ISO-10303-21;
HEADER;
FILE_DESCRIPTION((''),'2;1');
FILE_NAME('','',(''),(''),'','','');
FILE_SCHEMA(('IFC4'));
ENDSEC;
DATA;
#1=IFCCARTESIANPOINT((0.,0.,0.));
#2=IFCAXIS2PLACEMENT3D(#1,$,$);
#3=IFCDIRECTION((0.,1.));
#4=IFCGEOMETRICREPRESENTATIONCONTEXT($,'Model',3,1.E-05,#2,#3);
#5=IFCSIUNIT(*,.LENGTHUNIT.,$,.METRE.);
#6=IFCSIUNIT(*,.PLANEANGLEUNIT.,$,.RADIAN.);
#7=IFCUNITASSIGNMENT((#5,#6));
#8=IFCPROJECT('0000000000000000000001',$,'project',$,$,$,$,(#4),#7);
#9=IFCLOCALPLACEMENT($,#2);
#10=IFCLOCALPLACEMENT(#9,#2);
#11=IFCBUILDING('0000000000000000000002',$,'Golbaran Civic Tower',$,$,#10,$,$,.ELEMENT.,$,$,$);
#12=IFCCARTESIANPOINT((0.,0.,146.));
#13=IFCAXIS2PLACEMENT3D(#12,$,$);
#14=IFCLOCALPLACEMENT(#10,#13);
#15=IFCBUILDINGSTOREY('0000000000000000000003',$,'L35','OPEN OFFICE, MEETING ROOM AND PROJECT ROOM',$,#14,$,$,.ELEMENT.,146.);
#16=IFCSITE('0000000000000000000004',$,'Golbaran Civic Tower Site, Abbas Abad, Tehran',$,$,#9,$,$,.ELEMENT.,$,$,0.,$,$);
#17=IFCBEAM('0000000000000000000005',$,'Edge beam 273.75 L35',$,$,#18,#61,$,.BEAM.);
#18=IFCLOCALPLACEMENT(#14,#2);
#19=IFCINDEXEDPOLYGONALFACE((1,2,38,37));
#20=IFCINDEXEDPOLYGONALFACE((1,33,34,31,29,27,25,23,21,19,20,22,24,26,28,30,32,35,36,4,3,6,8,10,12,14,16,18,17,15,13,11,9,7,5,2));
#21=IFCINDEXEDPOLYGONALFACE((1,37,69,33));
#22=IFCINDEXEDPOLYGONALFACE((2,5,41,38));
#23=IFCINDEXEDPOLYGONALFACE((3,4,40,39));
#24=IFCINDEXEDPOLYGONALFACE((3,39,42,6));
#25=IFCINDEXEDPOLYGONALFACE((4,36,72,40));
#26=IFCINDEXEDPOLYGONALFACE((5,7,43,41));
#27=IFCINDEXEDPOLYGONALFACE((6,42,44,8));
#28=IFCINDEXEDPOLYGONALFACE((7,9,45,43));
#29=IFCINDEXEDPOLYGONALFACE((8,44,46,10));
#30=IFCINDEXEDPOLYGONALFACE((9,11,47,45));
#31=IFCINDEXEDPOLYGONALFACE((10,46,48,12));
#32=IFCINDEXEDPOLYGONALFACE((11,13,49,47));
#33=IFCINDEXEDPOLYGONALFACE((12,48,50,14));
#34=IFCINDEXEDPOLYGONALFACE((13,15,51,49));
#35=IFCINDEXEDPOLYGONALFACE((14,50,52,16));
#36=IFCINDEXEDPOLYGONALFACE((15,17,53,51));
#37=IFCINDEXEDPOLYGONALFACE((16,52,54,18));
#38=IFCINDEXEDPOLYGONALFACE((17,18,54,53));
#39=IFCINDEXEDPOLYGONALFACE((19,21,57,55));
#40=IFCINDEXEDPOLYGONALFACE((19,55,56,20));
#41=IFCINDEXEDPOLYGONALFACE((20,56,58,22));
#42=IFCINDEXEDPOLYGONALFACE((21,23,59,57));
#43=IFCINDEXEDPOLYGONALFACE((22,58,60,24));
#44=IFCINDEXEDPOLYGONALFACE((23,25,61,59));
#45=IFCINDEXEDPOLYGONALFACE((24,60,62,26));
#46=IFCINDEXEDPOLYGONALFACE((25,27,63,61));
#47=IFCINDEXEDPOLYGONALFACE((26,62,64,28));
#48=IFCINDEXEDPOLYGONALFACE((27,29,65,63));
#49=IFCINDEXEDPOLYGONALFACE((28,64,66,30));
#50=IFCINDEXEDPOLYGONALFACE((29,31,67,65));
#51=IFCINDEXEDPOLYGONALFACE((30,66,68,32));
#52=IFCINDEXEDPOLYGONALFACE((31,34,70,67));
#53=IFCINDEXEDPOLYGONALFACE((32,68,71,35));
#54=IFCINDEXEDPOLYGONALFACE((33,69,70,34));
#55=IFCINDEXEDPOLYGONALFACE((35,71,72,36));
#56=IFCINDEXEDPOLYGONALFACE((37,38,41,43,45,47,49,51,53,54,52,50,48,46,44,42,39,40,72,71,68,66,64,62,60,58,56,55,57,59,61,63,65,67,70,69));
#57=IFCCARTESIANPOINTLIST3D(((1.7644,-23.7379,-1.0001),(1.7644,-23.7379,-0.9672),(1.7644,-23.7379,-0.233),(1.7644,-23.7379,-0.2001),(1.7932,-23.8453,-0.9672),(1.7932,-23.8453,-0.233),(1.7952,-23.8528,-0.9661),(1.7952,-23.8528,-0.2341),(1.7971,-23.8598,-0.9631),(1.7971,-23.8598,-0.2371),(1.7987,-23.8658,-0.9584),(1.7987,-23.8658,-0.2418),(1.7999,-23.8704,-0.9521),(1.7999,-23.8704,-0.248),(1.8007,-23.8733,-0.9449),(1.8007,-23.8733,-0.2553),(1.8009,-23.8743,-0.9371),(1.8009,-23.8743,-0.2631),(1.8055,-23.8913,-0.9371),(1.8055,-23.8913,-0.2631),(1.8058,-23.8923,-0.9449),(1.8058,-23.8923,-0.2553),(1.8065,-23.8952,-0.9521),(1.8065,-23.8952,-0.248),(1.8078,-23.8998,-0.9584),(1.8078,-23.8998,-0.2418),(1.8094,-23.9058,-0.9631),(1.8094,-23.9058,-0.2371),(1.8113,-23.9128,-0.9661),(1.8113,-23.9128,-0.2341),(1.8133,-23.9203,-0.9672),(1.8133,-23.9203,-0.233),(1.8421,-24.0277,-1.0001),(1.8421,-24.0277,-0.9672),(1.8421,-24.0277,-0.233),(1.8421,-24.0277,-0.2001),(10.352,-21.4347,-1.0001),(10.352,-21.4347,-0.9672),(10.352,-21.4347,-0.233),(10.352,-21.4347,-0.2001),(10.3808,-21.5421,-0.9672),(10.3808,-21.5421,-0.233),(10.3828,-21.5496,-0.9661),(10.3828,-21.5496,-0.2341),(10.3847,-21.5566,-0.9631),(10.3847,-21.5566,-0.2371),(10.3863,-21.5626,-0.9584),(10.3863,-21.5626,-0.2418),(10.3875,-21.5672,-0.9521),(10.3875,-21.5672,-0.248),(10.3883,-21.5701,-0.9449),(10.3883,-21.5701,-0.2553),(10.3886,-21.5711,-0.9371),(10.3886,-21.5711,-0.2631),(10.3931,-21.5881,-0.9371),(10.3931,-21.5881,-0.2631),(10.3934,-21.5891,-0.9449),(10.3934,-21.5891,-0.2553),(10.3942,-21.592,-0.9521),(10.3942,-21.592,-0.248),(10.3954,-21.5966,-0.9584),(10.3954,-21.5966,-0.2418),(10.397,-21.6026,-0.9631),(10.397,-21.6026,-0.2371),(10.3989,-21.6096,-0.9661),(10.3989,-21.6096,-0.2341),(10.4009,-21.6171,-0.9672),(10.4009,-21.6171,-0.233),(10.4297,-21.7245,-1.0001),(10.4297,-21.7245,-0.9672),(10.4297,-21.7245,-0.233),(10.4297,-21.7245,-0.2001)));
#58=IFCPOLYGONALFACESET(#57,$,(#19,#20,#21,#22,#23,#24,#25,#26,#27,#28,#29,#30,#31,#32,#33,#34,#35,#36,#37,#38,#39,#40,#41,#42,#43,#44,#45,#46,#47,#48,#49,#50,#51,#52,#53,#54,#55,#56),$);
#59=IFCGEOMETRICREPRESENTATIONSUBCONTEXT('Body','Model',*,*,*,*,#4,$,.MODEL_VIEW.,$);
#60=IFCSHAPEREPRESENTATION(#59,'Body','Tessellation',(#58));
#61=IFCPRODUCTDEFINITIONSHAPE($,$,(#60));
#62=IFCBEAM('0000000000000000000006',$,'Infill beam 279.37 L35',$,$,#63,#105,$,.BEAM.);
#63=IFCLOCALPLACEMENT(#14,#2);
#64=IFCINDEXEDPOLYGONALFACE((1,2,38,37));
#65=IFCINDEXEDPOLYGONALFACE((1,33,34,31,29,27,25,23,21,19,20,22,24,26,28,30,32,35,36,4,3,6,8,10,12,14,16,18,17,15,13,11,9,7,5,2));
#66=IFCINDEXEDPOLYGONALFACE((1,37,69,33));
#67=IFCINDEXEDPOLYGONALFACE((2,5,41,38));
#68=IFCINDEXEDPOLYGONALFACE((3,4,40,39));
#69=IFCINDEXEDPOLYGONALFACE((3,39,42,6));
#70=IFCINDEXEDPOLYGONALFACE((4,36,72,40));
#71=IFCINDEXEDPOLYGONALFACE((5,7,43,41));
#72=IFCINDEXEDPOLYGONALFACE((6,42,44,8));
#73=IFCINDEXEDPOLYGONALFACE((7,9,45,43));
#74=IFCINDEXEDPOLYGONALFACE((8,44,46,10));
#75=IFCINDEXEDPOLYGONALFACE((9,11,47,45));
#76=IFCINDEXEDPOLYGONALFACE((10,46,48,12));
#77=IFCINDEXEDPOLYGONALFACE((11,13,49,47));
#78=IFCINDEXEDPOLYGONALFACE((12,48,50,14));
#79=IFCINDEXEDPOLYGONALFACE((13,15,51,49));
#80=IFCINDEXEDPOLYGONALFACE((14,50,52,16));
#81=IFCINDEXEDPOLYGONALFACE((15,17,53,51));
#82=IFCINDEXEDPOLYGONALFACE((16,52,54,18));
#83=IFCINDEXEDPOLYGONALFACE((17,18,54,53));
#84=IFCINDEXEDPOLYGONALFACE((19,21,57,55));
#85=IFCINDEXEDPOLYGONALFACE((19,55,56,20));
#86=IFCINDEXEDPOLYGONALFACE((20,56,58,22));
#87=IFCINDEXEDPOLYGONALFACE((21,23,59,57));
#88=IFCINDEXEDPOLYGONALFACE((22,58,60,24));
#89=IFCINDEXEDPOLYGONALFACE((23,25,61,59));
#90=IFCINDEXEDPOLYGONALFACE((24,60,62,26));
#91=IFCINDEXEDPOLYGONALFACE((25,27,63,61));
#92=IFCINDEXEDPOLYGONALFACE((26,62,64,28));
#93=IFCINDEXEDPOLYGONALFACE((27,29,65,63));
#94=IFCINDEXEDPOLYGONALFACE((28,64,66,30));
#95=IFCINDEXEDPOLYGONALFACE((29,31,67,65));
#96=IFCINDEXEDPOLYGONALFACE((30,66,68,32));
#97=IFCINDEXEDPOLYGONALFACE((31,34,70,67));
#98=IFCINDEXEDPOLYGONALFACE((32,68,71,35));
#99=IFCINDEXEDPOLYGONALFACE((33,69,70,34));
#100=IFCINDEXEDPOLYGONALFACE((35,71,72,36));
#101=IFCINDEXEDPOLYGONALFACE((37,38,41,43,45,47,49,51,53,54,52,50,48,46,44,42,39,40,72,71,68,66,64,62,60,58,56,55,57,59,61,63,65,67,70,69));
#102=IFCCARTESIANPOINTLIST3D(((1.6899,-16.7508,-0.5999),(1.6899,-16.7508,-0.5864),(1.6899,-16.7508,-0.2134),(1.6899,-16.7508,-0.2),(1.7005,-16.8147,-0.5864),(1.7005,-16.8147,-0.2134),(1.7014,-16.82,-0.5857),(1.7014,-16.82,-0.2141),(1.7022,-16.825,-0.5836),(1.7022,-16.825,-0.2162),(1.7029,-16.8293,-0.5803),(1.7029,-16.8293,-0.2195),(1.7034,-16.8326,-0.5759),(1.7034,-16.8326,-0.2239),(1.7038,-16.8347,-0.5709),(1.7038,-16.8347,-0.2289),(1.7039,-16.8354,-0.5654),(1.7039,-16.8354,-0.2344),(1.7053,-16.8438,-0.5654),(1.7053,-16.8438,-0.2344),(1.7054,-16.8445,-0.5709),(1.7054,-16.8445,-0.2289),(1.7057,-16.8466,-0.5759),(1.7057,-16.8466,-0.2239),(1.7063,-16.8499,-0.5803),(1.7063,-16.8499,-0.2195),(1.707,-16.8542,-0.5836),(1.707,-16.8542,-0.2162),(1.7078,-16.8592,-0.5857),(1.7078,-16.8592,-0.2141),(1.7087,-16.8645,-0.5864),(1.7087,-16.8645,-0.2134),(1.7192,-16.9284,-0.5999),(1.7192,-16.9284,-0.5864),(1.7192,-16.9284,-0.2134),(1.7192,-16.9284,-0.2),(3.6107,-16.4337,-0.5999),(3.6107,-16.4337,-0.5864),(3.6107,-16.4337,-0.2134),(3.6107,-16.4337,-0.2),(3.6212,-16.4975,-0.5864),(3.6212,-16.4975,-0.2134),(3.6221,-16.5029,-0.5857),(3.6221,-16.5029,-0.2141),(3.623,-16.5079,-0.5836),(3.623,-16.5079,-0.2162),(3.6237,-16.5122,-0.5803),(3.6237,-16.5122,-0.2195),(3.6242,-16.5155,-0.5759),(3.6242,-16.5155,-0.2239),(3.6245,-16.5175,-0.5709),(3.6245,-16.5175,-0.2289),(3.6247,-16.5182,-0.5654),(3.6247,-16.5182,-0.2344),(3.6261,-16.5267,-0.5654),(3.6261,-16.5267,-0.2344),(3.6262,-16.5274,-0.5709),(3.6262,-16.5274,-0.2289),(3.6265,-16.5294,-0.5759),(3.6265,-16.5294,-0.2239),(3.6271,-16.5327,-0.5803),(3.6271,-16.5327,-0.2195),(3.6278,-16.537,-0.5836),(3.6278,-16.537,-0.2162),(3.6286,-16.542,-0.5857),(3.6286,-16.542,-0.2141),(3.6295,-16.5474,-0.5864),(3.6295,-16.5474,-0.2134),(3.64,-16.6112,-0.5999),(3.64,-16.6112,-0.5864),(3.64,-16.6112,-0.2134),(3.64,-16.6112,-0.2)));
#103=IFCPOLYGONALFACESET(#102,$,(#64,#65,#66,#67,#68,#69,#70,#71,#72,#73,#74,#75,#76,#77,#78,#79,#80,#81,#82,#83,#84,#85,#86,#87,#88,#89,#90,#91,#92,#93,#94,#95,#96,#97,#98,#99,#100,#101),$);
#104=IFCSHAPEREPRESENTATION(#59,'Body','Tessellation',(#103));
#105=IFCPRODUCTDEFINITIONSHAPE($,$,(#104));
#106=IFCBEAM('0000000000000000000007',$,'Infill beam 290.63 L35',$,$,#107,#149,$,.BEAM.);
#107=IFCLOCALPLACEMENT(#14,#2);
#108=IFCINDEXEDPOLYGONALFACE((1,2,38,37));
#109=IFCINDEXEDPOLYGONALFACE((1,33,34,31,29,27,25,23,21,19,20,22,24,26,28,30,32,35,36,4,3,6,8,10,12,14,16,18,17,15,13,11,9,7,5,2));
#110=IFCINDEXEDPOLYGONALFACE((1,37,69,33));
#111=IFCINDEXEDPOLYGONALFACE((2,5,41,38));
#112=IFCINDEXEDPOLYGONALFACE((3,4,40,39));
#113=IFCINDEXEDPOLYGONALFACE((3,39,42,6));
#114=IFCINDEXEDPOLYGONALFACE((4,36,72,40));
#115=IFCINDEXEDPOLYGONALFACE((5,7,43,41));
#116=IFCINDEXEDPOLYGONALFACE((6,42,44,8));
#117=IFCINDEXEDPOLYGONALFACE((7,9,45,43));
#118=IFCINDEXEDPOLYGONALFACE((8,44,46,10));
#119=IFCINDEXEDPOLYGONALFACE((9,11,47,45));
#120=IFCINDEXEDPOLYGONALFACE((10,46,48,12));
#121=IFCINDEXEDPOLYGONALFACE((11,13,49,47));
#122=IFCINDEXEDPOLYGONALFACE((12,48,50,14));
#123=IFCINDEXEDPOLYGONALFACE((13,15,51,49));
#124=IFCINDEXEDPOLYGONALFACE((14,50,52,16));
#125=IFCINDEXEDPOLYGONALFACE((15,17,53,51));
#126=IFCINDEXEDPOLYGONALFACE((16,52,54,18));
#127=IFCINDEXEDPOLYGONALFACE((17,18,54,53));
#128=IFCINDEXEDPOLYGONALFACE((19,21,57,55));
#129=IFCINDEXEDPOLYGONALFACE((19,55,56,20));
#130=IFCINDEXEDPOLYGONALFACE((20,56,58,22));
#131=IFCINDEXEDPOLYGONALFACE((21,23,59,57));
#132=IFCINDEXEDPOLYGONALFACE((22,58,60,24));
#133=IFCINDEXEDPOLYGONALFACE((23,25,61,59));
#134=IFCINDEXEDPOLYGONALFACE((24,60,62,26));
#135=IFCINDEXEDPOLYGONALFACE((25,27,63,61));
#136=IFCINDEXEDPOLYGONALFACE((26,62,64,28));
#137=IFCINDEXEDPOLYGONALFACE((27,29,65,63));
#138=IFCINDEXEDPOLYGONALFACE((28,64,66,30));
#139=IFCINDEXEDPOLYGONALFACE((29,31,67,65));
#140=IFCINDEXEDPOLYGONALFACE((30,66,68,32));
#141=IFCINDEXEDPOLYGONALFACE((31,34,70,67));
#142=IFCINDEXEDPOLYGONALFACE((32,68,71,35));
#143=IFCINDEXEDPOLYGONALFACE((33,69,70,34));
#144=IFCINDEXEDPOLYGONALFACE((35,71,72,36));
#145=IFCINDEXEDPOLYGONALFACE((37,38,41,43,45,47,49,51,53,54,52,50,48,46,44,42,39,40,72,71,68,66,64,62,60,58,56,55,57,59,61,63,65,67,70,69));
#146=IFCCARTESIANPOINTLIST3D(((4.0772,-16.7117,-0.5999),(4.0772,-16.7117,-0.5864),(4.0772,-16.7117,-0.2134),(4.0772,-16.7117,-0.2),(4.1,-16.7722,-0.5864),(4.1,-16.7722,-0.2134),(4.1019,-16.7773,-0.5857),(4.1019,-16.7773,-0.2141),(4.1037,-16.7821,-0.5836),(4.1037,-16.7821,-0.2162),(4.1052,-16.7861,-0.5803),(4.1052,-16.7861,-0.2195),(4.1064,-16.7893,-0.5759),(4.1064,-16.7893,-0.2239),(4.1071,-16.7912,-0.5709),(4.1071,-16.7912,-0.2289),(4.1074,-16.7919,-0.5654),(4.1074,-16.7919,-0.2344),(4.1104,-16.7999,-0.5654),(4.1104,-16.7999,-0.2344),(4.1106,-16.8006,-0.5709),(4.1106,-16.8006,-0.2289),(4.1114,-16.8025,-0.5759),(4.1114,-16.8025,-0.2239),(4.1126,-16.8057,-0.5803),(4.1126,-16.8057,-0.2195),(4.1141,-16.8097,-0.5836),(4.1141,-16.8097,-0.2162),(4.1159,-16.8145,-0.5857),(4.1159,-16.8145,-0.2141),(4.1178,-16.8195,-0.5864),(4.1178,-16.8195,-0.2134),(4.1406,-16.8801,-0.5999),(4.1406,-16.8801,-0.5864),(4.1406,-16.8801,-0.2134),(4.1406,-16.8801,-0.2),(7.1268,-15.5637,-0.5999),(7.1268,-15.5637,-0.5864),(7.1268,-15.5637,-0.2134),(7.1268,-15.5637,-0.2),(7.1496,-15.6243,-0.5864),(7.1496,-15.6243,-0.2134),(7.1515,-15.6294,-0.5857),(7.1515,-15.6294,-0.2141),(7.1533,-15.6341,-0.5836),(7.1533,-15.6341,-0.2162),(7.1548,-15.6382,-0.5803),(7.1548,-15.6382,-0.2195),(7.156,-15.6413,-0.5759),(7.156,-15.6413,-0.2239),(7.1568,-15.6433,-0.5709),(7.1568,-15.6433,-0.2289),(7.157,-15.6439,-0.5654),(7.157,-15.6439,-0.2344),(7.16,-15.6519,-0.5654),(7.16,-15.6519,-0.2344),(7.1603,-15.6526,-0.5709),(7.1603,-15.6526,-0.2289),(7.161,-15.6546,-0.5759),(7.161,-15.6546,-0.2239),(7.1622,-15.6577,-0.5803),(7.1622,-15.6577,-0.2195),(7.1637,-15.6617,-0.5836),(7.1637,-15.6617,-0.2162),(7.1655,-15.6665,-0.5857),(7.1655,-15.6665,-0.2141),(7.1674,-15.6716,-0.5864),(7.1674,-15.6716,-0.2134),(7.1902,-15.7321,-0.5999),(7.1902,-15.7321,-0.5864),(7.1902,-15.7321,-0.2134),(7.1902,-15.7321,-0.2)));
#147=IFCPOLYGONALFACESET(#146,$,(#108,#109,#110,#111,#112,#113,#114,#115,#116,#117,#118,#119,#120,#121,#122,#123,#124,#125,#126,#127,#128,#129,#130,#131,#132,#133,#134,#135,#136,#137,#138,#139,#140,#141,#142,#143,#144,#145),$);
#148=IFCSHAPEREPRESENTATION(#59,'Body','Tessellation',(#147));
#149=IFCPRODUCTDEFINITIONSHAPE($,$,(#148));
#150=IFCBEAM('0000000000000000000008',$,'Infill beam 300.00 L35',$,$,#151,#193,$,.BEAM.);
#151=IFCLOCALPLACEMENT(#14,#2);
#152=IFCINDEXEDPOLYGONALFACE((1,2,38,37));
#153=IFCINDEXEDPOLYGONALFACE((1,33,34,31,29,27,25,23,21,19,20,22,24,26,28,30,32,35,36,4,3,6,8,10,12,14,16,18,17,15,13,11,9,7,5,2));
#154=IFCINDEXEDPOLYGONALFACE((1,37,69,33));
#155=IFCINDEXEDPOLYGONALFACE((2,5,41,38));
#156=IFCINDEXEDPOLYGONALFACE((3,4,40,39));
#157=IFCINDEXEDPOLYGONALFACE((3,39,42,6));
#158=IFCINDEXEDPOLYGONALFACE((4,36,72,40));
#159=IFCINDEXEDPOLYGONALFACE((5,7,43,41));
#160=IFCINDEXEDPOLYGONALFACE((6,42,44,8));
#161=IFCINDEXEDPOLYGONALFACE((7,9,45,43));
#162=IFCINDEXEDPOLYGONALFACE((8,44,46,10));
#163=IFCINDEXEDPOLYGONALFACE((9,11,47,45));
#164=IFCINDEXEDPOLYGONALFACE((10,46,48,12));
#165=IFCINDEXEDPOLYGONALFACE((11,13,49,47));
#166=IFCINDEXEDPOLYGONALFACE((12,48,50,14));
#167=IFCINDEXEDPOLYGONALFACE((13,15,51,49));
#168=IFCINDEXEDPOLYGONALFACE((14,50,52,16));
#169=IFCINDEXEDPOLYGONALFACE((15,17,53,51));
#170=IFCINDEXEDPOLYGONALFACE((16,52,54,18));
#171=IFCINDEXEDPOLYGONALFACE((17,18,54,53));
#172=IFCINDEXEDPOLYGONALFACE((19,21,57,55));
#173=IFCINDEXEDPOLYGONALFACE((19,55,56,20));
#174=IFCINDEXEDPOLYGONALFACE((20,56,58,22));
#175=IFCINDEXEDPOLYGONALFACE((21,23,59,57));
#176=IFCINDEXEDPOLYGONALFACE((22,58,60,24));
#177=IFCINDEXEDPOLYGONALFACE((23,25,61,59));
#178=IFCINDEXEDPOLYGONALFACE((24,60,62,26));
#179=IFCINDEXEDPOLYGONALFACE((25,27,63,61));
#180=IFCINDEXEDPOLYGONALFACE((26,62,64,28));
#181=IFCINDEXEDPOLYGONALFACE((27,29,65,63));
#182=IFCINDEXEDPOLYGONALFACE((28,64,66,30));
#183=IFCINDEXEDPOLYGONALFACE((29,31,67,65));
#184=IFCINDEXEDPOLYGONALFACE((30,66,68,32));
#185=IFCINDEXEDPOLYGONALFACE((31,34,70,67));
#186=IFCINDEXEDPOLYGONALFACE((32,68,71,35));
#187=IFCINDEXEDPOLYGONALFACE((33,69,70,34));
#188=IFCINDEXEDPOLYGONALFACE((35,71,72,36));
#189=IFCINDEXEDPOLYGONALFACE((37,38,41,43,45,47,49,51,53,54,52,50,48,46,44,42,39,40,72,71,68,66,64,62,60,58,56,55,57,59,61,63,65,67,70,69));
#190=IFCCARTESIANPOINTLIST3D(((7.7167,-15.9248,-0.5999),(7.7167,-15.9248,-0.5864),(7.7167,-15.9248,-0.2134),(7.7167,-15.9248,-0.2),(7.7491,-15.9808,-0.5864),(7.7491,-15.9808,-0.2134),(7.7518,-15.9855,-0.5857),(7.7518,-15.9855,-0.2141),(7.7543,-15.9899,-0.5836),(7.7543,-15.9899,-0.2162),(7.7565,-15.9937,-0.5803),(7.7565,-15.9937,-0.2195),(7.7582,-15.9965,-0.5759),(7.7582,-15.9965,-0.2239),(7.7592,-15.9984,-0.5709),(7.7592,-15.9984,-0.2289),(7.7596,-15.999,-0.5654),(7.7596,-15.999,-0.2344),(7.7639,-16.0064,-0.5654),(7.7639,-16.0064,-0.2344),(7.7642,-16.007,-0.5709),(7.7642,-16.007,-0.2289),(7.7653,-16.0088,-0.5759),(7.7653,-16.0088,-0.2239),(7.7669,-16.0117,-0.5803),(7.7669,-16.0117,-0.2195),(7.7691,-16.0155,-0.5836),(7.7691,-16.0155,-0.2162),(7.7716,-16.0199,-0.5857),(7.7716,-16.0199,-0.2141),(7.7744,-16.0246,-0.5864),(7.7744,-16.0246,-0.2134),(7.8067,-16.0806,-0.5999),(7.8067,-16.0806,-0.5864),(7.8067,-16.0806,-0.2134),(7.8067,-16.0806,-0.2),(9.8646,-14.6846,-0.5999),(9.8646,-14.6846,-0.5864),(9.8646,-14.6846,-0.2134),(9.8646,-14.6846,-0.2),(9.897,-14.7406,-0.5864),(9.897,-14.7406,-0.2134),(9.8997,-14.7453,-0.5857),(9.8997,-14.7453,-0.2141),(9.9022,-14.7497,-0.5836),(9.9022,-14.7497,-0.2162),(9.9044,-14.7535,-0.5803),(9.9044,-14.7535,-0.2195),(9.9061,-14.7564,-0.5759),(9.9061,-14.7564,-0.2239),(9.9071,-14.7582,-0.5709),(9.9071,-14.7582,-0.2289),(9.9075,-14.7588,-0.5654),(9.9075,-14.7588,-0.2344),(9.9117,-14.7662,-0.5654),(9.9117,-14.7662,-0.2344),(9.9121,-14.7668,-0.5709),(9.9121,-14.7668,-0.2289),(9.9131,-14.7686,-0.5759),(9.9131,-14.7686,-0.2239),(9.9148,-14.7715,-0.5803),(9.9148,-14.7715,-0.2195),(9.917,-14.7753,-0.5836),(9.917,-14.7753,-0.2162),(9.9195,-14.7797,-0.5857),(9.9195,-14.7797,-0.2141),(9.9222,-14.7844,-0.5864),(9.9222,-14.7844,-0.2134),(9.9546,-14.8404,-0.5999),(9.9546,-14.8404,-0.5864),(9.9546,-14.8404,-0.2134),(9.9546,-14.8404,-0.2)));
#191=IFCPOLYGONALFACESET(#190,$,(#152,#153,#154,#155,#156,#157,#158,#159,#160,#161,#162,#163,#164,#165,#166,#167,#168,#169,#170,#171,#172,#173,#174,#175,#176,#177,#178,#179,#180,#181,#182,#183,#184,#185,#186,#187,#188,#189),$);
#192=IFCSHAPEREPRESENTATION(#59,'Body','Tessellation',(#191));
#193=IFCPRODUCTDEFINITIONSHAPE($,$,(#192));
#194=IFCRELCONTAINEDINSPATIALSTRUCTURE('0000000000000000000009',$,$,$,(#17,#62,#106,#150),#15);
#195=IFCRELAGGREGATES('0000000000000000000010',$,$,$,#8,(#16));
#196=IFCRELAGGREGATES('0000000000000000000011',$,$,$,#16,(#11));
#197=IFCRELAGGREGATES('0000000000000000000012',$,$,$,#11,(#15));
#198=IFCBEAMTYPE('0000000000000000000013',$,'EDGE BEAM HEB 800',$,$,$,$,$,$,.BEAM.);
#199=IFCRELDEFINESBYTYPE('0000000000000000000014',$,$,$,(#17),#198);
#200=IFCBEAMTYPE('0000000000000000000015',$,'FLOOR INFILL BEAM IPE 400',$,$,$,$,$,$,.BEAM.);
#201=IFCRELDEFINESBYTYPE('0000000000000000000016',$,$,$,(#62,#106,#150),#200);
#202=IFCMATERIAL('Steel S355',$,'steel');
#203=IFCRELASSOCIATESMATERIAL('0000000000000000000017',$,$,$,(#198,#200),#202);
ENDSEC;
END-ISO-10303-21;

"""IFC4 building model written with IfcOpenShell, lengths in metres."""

from ifc_helpers import new_model, si_unit, direction, frame, origin, origin_2d, place, context, subcontext, project, spatial, i_section, extrude, material, material_profile, profile_set, type_object, element, save


model = new_model("IFC4")

# Units and contexts
model_context = context("Model", 3, precision=1e-05, world=origin(), true_north=direction((0.0, 1.0)))
body_context = subcontext(model_context, "Body", "Model", "MODEL_VIEW")
ifc_project = project(units=[si_unit("LENGTHUNIT", "METRE"), si_unit("PLANEANGLEUNIT", "RADIAN")], contexts=[model_context])

# Site, building, storey
site_placement = place(None, origin())
site = spatial("IfcSite", under=ifc_project, at=site_placement, Name="Golbaran Civic Tower Site, Abbas Abad, Tehran", CompositionType="ELEMENT", RefElevation=0.0)
building_placement = place(site_placement, origin())
building = spatial("IfcBuilding", under=site, at=building_placement, Name="Golbaran Civic Tower", CompositionType="ELEMENT")
storey_placement = place(building_placement, frame((0.0, 0.0, 146.0)))
storey = spatial("IfcBuildingStorey", under=building, at=storey_placement, Name="L35", Description="OPEN OFFICE, MEETING ROOM AND PROJECT ROOM", CompositionType="ELEMENT", Elevation=146.0)

# Beams
ifc_material_1 = material(Name="Steel S355", Category="steel")
ifc_material_profile_1 = material_profile(ifc_material_1, i_section(OverallWidth=0.3, OverallDepth=0.8, WebThickness=0.0176, FlangeThickness=0.033, FilletRadius=0.03, at=origin_2d()), Name="HEB 800")
ifc_profile_set_1 = profile_set([ifc_material_profile_1], Name="Steel S355")
beam_type_1 = type_object("IfcBeamType", Name="EDGE BEAM HEB 800", PredefinedType="BEAM", material=ifc_profile_set_1)
beam_1_placement = place(storey_placement, frame((1.8032, -23.8828, -0.6001), z_axis=(0.965865, 0.259047, 0.0), x_axis=(-0.259047, 0.965865, 0.0)))
element("IfcBeam", 1, at=beam_1_placement, inside=storey, type_object=beam_type_1, Name="Edge beam 273.75 L35", PredefinedType="BEAM", context=body_context, shape_type="SweptSolid", body=[
    extrude(i_section(OverallWidth=0.3, OverallDepth=0.8, WebThickness=0.0176, FlangeThickness=0.033, FilletRadius=0.03, at=origin_2d()), origin(), (0.0, 0.0, 1.0), 8.8911),
])
ifc_material_profile_2 = material_profile(ifc_material_1, i_section(OverallWidth=0.1799, OverallDepth=0.3999, WebThickness=0.0085, FlangeThickness=0.0134, FilletRadius=0.021, at=origin_2d()), Name="IPE 400")
ifc_profile_set_2 = profile_set([ifc_material_profile_2], Name="Steel S355")
beam_type_2 = type_object("IfcBeamType", Name="FLOOR INFILL BEAM IPE 400", PredefinedType="BEAM", material=ifc_profile_set_2)
beam_2_placement = place(storey_placement, frame((1.7046, -16.8396, -0.3999), z_axis=(0.98664, 0.162914, 0.0), x_axis=(-0.162914, 0.98664, 0.0)))
element("IfcBeam", 2, at=beam_2_placement, inside=storey, type_object=beam_type_2, Name="Infill beam 279.37 L35", PredefinedType="BEAM", context=body_context, shape_type="SweptSolid", body=[
    extrude(i_section(OverallWidth=0.1799, OverallDepth=0.3999, WebThickness=0.0085, FlangeThickness=0.0134, FilletRadius=0.021, at=origin_2d()), origin(), (0.0, 0.0, 1.0), 1.9468),
])
beam_3_placement = place(storey_placement, frame((4.1089, -16.7959, -0.3999), z_axis=(0.935888, 0.352297, 0.0), x_axis=(-0.352297, 0.935888, 0.0)))
element("IfcBeam", 3, at=beam_3_placement, inside=storey, type_object=beam_type_2, Name="Infill beam 290.63 L35", PredefinedType="BEAM", context=body_context, shape_type="SweptSolid", body=[
    extrude(i_section(OverallWidth=0.1799, OverallDepth=0.3999, WebThickness=0.0085, FlangeThickness=0.0134, FilletRadius=0.021, at=origin_2d()), origin(), (0.0, 0.0, 1.0), 3.2585),
])
beam_4_placement = place(storey_placement, frame((7.7617, -16.0027, -0.3999), z_axis=(0.866005, 0.500035, 0.0), x_axis=(-0.500035, 0.866005, 0.0)))
element("IfcBeam", 4, at=beam_4_placement, inside=storey, type_object=beam_type_2, Name="Infill beam 300.00 L35", PredefinedType="BEAM", context=body_context, shape_type="SweptSolid", body=[
    extrude(i_section(OverallWidth=0.1799, OverallDepth=0.3999, WebThickness=0.0085, FlangeThickness=0.0134, FilletRadius=0.021, at=origin_2d()), origin(), (0.0, 0.0, 1.0), 2.4802),
])

save(model, "model.ifc")
